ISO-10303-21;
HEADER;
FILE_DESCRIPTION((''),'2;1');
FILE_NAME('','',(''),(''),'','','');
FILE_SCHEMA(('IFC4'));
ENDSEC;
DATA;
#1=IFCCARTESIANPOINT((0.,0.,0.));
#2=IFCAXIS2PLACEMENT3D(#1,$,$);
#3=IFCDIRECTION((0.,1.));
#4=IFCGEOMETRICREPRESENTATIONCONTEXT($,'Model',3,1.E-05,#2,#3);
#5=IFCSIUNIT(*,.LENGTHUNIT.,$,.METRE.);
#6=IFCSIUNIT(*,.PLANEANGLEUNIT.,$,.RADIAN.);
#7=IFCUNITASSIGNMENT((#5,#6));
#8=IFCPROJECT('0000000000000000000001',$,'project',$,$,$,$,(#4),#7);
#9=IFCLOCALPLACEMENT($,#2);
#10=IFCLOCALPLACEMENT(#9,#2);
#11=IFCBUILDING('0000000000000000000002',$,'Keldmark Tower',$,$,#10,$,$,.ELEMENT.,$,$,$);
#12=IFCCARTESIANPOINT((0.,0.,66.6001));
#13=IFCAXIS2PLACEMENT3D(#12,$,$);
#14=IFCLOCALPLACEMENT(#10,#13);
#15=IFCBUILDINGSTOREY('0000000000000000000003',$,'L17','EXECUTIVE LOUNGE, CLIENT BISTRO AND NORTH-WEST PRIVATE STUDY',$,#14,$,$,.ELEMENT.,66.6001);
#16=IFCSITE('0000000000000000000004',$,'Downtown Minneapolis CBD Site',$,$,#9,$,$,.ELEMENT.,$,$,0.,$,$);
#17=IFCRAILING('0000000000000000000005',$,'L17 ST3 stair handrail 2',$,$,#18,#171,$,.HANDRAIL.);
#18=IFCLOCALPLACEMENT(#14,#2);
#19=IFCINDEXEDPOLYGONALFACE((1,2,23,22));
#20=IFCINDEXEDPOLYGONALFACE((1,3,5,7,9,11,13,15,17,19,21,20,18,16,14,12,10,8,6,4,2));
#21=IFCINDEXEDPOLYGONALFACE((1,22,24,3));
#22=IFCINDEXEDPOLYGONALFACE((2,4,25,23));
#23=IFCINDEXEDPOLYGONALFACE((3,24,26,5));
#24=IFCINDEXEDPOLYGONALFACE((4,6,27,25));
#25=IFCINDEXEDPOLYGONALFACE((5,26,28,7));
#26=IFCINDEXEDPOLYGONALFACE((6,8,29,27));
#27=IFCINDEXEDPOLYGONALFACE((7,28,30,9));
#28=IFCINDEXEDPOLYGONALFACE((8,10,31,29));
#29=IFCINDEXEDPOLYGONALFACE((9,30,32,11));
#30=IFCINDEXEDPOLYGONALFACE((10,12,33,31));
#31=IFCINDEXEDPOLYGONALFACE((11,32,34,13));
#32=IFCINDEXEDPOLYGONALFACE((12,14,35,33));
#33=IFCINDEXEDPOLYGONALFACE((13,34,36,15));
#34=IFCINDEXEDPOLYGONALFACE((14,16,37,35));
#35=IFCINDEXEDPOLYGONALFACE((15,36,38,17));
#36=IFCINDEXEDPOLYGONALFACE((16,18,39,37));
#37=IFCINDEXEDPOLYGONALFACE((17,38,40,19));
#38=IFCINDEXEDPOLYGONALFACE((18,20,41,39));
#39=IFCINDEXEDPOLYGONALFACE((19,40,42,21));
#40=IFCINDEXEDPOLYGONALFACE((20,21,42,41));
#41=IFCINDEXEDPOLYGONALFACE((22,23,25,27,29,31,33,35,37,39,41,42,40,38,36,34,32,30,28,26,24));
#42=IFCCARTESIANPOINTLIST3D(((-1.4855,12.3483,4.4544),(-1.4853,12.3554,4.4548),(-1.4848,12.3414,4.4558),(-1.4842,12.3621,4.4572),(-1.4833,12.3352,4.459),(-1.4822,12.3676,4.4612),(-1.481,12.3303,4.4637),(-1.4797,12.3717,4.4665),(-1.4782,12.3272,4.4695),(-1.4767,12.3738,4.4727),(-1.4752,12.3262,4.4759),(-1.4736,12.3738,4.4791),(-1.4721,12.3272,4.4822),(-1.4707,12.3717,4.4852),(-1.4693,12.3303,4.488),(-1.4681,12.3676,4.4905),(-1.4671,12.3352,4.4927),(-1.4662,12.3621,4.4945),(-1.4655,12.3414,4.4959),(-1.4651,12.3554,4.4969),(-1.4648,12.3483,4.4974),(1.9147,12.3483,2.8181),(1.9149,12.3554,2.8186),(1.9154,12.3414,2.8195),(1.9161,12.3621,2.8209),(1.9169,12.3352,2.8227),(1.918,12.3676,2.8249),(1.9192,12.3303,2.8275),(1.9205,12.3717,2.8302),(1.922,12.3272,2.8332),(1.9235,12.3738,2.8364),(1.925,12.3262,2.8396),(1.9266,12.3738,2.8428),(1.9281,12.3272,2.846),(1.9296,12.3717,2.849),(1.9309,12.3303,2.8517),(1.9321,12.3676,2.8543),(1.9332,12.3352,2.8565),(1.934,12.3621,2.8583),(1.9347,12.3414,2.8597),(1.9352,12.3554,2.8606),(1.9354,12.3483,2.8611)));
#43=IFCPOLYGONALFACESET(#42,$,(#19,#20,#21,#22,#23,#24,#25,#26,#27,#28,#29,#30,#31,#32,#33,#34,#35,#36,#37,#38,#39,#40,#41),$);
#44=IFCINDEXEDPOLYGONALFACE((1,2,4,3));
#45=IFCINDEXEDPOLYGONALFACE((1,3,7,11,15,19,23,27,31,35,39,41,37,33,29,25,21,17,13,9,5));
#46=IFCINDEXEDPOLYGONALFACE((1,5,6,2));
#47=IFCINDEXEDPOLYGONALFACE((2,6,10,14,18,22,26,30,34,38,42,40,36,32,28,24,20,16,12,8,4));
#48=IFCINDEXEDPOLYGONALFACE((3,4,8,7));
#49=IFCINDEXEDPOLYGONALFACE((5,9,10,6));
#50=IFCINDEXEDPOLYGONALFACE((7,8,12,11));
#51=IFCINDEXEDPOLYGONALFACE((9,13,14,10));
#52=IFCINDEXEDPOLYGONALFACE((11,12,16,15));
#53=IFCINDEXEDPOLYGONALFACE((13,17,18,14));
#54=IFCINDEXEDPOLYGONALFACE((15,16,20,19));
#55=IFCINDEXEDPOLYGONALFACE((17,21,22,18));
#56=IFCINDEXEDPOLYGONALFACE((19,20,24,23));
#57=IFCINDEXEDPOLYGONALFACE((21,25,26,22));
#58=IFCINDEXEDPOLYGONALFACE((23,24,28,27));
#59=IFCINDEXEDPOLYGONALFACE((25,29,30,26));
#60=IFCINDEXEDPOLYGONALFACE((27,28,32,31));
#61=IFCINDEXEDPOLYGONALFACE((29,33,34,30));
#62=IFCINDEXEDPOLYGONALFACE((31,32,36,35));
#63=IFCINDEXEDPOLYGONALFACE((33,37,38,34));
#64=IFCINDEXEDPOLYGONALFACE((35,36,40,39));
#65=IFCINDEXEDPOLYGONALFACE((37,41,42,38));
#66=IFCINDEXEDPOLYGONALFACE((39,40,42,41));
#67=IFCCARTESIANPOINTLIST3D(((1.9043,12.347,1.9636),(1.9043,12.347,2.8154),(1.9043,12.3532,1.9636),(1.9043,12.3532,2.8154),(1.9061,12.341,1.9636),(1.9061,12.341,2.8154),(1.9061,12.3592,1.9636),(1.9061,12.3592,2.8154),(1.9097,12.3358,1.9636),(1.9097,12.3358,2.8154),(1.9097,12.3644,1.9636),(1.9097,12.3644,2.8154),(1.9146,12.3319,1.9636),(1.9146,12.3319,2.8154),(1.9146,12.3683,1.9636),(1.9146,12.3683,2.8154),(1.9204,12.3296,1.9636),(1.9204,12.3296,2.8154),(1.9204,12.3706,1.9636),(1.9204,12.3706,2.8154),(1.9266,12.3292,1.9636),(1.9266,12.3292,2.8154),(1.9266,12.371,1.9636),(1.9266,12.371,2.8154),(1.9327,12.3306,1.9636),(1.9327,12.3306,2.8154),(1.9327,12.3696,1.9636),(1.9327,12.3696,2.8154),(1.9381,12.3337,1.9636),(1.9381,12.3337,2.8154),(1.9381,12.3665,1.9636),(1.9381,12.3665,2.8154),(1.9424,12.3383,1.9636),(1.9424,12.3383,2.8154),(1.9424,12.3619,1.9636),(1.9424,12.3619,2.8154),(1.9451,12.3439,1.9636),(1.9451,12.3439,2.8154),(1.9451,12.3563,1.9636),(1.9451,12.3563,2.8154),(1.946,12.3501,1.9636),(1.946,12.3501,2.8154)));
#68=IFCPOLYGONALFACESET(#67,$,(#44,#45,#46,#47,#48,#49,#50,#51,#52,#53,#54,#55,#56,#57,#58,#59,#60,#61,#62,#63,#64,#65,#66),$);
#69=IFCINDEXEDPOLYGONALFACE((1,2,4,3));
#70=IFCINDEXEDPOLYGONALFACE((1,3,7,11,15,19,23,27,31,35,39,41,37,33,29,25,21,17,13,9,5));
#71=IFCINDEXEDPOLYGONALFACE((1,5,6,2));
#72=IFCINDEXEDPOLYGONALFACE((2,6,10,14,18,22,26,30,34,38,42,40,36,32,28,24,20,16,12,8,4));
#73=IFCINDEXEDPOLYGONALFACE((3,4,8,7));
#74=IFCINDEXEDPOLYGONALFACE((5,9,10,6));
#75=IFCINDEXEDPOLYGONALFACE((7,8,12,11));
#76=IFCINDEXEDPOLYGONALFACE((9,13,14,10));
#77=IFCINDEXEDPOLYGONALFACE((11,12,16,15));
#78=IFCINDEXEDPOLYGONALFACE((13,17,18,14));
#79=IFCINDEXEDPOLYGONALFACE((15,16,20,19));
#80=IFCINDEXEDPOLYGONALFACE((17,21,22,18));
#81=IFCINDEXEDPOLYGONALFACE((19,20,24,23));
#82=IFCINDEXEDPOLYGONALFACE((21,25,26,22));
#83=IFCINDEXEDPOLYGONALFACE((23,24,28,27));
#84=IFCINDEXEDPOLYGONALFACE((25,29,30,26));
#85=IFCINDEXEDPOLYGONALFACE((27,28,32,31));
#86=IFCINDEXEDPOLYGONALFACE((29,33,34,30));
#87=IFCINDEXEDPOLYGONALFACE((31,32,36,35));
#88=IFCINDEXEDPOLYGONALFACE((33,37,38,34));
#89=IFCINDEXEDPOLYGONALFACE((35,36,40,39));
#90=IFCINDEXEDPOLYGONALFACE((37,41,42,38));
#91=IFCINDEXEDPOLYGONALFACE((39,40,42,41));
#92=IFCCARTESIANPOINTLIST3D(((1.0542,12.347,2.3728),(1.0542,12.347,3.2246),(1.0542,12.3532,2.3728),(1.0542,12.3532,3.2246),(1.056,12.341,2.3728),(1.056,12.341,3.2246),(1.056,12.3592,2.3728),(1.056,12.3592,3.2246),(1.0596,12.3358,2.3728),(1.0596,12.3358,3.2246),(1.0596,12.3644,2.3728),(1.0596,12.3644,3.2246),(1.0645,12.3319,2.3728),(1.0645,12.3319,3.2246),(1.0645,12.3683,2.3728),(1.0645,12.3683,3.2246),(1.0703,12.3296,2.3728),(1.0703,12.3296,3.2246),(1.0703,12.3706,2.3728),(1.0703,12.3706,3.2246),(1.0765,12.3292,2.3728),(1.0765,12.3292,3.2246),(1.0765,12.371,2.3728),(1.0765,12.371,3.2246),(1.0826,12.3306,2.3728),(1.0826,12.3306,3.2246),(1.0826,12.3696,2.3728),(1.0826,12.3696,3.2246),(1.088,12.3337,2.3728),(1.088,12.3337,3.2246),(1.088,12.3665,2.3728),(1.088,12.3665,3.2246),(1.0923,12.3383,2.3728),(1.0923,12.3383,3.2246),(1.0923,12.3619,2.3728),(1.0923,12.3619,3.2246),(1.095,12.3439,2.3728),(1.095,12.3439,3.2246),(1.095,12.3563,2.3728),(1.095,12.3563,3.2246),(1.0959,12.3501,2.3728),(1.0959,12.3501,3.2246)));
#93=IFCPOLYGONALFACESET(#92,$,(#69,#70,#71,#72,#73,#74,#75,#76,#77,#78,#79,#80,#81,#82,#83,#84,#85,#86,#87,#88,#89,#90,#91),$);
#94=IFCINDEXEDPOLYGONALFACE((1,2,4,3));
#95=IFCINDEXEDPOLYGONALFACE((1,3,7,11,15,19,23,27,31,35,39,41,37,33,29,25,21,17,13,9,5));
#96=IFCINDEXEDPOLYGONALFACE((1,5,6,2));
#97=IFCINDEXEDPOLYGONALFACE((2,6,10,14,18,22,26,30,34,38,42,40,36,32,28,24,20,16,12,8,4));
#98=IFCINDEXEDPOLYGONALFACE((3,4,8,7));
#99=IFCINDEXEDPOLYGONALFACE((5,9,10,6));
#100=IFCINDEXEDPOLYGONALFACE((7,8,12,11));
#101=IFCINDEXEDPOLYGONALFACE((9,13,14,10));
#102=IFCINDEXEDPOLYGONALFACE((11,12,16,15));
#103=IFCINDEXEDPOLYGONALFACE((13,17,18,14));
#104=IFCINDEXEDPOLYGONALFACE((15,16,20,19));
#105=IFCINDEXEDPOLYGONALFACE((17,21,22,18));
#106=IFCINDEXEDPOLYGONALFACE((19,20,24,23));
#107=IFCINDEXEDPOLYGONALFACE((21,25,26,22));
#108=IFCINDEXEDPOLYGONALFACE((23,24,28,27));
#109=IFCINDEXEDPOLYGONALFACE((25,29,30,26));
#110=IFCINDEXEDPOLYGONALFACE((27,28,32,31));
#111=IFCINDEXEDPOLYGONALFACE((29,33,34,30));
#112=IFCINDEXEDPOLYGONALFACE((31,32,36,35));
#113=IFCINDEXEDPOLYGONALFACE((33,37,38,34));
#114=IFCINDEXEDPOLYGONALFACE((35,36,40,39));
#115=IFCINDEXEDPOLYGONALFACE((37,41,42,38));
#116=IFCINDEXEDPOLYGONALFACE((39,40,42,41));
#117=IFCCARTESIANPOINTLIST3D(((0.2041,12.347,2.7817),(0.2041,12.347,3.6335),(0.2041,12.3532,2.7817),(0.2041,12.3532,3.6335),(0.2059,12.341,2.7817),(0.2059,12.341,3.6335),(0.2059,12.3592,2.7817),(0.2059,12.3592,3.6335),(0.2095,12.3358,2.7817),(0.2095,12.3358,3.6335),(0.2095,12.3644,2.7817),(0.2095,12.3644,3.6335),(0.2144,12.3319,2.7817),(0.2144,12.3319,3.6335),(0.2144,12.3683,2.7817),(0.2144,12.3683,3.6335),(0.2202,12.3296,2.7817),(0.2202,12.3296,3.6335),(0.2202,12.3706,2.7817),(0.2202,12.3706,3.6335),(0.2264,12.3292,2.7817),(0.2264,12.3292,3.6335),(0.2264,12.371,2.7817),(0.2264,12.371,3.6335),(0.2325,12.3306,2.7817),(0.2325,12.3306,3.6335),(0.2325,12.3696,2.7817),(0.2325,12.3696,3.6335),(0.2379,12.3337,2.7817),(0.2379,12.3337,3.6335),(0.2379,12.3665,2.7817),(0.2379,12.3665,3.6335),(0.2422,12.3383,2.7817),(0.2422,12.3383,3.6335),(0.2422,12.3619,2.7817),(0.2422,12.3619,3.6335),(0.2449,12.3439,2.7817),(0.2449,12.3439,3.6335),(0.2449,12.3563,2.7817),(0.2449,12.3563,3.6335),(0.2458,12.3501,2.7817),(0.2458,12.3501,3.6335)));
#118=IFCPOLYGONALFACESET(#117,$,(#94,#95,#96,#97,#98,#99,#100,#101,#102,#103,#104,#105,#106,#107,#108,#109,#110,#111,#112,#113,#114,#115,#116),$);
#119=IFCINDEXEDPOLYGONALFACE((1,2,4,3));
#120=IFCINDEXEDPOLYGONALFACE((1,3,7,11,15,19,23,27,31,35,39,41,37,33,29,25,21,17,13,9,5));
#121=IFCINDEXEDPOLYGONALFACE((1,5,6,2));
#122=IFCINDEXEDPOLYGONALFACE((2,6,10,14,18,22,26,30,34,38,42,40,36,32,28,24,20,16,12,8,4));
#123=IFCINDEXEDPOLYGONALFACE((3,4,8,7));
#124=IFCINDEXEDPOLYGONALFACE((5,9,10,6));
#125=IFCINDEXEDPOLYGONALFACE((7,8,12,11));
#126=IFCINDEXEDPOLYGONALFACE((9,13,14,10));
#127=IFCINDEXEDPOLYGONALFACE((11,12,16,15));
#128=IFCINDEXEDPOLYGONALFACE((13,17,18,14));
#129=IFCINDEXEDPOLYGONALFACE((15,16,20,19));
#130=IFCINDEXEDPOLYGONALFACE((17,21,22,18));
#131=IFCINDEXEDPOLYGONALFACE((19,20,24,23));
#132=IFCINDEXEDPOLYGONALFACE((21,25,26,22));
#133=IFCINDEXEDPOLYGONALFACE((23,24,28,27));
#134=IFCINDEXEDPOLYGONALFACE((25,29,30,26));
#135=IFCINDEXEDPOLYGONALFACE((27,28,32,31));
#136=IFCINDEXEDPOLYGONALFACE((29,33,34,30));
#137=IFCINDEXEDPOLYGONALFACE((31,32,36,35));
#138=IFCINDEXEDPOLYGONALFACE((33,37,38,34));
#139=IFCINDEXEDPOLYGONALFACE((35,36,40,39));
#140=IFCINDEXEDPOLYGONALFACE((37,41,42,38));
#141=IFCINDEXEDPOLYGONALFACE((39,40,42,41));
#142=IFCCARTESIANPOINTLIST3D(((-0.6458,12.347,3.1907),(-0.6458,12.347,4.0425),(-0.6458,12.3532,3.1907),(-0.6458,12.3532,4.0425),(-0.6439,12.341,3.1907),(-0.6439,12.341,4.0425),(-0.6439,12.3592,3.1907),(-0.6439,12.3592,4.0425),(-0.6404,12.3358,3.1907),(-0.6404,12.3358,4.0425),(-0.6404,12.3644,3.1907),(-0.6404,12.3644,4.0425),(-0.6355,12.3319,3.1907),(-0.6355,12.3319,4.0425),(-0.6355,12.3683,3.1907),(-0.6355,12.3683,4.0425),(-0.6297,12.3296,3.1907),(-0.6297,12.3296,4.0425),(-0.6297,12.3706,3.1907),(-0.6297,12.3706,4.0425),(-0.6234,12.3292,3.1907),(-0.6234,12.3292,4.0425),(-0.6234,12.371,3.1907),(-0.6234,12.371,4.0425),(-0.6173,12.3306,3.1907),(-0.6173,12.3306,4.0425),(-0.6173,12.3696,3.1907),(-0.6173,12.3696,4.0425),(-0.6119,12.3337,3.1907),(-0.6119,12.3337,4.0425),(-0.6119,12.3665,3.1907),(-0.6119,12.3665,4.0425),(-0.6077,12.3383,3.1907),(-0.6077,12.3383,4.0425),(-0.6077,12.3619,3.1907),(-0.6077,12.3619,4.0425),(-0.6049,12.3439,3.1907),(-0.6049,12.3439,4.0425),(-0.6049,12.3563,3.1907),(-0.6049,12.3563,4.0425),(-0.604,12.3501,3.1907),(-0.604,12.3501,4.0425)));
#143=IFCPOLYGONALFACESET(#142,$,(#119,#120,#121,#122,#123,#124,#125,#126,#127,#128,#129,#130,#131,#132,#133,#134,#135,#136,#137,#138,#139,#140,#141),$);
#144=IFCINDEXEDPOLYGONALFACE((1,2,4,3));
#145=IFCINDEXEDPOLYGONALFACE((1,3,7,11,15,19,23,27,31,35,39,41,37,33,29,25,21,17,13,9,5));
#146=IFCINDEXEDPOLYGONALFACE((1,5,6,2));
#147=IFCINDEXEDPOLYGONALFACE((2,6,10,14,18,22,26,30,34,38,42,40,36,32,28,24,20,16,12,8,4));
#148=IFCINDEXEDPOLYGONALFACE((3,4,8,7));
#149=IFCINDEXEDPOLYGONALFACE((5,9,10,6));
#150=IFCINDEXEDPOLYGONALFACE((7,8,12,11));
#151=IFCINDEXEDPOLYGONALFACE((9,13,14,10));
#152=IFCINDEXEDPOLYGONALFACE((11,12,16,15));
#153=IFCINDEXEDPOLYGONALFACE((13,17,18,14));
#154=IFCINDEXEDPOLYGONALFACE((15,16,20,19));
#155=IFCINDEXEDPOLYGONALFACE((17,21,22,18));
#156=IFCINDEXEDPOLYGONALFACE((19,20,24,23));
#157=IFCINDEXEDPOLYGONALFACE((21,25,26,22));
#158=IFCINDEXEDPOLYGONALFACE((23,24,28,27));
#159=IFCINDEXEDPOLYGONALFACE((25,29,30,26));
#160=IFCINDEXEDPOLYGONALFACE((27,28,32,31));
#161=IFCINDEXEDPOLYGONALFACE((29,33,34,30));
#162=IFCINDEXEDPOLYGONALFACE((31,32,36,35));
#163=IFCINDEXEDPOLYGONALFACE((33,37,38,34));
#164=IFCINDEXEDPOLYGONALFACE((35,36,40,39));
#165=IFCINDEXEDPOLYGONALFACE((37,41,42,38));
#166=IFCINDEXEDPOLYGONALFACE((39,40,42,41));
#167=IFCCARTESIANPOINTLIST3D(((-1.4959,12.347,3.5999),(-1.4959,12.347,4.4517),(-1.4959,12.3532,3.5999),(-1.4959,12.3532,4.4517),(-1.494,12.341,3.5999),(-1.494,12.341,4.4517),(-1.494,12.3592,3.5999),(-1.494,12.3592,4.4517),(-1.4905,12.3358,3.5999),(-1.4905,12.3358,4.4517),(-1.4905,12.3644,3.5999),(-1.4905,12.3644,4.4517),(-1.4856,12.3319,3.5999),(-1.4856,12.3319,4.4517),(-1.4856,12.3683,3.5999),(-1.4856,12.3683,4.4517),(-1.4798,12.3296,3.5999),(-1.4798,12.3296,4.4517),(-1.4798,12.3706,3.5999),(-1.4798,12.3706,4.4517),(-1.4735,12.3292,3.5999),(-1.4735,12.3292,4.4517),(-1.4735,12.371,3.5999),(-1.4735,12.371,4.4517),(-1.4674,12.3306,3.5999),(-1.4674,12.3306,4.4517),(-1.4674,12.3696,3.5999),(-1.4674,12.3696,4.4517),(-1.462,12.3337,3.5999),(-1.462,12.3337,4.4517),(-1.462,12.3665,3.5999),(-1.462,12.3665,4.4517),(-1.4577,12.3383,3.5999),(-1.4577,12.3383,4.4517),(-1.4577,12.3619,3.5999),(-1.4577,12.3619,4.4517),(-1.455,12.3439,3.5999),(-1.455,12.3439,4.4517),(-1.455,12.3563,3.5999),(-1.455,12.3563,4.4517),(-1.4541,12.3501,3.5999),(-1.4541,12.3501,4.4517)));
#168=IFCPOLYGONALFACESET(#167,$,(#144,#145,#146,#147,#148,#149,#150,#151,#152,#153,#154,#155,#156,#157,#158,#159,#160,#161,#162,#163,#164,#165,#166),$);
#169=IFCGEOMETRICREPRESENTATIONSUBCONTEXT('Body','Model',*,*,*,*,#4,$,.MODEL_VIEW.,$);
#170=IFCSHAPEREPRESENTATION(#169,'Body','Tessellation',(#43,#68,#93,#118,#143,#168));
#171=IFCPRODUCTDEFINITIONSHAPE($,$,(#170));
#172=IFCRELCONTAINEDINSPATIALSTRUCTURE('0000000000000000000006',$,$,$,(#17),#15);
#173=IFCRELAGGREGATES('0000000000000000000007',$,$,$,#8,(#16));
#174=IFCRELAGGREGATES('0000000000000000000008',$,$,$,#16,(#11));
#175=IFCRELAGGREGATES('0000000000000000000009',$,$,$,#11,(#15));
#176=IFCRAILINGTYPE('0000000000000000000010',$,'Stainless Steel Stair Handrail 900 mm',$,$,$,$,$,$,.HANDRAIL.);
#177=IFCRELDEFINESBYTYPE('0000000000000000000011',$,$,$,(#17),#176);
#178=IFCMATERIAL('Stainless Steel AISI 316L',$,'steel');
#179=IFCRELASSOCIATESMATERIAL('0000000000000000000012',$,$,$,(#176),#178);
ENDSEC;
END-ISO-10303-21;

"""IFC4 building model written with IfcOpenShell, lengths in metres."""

from ifc_helpers import new_model, si_unit, direction, frame, origin, origin_2d, place, context, subcontext, project, spatial, circle, extrude, material, type_object, element, save


model = new_model("IFC4")

# Units and contexts
model_context = context("Model", 3, precision=1e-05, world=origin(), true_north=direction((0.0, 1.0)))
body_context = subcontext(model_context, "Body", "Model", "MODEL_VIEW")
ifc_project = project(units=[si_unit("LENGTHUNIT", "METRE"), si_unit("PLANEANGLEUNIT", "RADIAN")], contexts=[model_context])

# Site, building, storey
site_placement = place(None, origin())
site = spatial("IfcSite", under=ifc_project, at=site_placement, Name="Downtown Minneapolis CBD Site", CompositionType="ELEMENT", RefElevation=0.0)
building_placement = place(site_placement, origin())
building = spatial("IfcBuilding", under=site, at=building_placement, Name="Keldmark Tower", CompositionType="ELEMENT")
storey_placement = place(building_placement, frame((0.0, 0.0, 66.6001)))
storey = spatial("IfcBuildingStorey", under=building, at=storey_placement, Name="L17", Description="EXECUTIVE LOUNGE, CLIENT BISTRO AND NORTH-WEST PRIVATE STUDY", CompositionType="ELEMENT", Elevation=66.6001)

# Railing
ifc_material_1 = material(Name="Stainless Steel AISI 316L", Category="steel")
railing_type_1 = type_object("IfcRailingType", Name="Stainless Steel Stair Handrail 900 mm", PredefinedType="HANDRAIL", material=ifc_material_1)
railing_1_placement = place(storey_placement, frame((1.925, 12.3501, 1.9636)))
element("IfcRailing", 1, at=railing_1_placement, inside=storey, type_object=railing_type_1, Name="L17 ST3 stair handrail 2", PredefinedType="HANDRAIL", context=body_context, shape_type="SweptSolid", body=[
    extrude(circle(Radius=0.0239, at=origin_2d()), frame((0.0, 0.0, 0.876), z_axis=(-0.901093, 0.0, 0.433627), x_axis=(0.0, -1.0, 0.0)), (0.0, 0.0, 1.0), 3.7734),
    extrude(circle(Radius=0.021, at=origin_2d()), origin(), (0.0, 0.0, 1.0), 0.8518),
    extrude(circle(Radius=0.021, at=origin_2d()), frame((-0.8501, 0.0, 0.4092)), (0.0, 0.0, 1.0), 0.8518),
    extrude(circle(Radius=0.021, at=origin_2d()), frame((-1.7002, 0.0, 0.8181)), (0.0, 0.0, 1.0), 0.8518),
    extrude(circle(Radius=0.021, at=origin_2d()), frame((-2.55, 0.0, 1.2271)), (0.0, 0.0, 1.0), 0.8518),
    extrude(circle(Radius=0.021, at=origin_2d()), frame((-3.4001, 0.0, 1.6362)), (0.0, 0.0, 1.0), 0.8518),
])

save(model, "model.ifc")
